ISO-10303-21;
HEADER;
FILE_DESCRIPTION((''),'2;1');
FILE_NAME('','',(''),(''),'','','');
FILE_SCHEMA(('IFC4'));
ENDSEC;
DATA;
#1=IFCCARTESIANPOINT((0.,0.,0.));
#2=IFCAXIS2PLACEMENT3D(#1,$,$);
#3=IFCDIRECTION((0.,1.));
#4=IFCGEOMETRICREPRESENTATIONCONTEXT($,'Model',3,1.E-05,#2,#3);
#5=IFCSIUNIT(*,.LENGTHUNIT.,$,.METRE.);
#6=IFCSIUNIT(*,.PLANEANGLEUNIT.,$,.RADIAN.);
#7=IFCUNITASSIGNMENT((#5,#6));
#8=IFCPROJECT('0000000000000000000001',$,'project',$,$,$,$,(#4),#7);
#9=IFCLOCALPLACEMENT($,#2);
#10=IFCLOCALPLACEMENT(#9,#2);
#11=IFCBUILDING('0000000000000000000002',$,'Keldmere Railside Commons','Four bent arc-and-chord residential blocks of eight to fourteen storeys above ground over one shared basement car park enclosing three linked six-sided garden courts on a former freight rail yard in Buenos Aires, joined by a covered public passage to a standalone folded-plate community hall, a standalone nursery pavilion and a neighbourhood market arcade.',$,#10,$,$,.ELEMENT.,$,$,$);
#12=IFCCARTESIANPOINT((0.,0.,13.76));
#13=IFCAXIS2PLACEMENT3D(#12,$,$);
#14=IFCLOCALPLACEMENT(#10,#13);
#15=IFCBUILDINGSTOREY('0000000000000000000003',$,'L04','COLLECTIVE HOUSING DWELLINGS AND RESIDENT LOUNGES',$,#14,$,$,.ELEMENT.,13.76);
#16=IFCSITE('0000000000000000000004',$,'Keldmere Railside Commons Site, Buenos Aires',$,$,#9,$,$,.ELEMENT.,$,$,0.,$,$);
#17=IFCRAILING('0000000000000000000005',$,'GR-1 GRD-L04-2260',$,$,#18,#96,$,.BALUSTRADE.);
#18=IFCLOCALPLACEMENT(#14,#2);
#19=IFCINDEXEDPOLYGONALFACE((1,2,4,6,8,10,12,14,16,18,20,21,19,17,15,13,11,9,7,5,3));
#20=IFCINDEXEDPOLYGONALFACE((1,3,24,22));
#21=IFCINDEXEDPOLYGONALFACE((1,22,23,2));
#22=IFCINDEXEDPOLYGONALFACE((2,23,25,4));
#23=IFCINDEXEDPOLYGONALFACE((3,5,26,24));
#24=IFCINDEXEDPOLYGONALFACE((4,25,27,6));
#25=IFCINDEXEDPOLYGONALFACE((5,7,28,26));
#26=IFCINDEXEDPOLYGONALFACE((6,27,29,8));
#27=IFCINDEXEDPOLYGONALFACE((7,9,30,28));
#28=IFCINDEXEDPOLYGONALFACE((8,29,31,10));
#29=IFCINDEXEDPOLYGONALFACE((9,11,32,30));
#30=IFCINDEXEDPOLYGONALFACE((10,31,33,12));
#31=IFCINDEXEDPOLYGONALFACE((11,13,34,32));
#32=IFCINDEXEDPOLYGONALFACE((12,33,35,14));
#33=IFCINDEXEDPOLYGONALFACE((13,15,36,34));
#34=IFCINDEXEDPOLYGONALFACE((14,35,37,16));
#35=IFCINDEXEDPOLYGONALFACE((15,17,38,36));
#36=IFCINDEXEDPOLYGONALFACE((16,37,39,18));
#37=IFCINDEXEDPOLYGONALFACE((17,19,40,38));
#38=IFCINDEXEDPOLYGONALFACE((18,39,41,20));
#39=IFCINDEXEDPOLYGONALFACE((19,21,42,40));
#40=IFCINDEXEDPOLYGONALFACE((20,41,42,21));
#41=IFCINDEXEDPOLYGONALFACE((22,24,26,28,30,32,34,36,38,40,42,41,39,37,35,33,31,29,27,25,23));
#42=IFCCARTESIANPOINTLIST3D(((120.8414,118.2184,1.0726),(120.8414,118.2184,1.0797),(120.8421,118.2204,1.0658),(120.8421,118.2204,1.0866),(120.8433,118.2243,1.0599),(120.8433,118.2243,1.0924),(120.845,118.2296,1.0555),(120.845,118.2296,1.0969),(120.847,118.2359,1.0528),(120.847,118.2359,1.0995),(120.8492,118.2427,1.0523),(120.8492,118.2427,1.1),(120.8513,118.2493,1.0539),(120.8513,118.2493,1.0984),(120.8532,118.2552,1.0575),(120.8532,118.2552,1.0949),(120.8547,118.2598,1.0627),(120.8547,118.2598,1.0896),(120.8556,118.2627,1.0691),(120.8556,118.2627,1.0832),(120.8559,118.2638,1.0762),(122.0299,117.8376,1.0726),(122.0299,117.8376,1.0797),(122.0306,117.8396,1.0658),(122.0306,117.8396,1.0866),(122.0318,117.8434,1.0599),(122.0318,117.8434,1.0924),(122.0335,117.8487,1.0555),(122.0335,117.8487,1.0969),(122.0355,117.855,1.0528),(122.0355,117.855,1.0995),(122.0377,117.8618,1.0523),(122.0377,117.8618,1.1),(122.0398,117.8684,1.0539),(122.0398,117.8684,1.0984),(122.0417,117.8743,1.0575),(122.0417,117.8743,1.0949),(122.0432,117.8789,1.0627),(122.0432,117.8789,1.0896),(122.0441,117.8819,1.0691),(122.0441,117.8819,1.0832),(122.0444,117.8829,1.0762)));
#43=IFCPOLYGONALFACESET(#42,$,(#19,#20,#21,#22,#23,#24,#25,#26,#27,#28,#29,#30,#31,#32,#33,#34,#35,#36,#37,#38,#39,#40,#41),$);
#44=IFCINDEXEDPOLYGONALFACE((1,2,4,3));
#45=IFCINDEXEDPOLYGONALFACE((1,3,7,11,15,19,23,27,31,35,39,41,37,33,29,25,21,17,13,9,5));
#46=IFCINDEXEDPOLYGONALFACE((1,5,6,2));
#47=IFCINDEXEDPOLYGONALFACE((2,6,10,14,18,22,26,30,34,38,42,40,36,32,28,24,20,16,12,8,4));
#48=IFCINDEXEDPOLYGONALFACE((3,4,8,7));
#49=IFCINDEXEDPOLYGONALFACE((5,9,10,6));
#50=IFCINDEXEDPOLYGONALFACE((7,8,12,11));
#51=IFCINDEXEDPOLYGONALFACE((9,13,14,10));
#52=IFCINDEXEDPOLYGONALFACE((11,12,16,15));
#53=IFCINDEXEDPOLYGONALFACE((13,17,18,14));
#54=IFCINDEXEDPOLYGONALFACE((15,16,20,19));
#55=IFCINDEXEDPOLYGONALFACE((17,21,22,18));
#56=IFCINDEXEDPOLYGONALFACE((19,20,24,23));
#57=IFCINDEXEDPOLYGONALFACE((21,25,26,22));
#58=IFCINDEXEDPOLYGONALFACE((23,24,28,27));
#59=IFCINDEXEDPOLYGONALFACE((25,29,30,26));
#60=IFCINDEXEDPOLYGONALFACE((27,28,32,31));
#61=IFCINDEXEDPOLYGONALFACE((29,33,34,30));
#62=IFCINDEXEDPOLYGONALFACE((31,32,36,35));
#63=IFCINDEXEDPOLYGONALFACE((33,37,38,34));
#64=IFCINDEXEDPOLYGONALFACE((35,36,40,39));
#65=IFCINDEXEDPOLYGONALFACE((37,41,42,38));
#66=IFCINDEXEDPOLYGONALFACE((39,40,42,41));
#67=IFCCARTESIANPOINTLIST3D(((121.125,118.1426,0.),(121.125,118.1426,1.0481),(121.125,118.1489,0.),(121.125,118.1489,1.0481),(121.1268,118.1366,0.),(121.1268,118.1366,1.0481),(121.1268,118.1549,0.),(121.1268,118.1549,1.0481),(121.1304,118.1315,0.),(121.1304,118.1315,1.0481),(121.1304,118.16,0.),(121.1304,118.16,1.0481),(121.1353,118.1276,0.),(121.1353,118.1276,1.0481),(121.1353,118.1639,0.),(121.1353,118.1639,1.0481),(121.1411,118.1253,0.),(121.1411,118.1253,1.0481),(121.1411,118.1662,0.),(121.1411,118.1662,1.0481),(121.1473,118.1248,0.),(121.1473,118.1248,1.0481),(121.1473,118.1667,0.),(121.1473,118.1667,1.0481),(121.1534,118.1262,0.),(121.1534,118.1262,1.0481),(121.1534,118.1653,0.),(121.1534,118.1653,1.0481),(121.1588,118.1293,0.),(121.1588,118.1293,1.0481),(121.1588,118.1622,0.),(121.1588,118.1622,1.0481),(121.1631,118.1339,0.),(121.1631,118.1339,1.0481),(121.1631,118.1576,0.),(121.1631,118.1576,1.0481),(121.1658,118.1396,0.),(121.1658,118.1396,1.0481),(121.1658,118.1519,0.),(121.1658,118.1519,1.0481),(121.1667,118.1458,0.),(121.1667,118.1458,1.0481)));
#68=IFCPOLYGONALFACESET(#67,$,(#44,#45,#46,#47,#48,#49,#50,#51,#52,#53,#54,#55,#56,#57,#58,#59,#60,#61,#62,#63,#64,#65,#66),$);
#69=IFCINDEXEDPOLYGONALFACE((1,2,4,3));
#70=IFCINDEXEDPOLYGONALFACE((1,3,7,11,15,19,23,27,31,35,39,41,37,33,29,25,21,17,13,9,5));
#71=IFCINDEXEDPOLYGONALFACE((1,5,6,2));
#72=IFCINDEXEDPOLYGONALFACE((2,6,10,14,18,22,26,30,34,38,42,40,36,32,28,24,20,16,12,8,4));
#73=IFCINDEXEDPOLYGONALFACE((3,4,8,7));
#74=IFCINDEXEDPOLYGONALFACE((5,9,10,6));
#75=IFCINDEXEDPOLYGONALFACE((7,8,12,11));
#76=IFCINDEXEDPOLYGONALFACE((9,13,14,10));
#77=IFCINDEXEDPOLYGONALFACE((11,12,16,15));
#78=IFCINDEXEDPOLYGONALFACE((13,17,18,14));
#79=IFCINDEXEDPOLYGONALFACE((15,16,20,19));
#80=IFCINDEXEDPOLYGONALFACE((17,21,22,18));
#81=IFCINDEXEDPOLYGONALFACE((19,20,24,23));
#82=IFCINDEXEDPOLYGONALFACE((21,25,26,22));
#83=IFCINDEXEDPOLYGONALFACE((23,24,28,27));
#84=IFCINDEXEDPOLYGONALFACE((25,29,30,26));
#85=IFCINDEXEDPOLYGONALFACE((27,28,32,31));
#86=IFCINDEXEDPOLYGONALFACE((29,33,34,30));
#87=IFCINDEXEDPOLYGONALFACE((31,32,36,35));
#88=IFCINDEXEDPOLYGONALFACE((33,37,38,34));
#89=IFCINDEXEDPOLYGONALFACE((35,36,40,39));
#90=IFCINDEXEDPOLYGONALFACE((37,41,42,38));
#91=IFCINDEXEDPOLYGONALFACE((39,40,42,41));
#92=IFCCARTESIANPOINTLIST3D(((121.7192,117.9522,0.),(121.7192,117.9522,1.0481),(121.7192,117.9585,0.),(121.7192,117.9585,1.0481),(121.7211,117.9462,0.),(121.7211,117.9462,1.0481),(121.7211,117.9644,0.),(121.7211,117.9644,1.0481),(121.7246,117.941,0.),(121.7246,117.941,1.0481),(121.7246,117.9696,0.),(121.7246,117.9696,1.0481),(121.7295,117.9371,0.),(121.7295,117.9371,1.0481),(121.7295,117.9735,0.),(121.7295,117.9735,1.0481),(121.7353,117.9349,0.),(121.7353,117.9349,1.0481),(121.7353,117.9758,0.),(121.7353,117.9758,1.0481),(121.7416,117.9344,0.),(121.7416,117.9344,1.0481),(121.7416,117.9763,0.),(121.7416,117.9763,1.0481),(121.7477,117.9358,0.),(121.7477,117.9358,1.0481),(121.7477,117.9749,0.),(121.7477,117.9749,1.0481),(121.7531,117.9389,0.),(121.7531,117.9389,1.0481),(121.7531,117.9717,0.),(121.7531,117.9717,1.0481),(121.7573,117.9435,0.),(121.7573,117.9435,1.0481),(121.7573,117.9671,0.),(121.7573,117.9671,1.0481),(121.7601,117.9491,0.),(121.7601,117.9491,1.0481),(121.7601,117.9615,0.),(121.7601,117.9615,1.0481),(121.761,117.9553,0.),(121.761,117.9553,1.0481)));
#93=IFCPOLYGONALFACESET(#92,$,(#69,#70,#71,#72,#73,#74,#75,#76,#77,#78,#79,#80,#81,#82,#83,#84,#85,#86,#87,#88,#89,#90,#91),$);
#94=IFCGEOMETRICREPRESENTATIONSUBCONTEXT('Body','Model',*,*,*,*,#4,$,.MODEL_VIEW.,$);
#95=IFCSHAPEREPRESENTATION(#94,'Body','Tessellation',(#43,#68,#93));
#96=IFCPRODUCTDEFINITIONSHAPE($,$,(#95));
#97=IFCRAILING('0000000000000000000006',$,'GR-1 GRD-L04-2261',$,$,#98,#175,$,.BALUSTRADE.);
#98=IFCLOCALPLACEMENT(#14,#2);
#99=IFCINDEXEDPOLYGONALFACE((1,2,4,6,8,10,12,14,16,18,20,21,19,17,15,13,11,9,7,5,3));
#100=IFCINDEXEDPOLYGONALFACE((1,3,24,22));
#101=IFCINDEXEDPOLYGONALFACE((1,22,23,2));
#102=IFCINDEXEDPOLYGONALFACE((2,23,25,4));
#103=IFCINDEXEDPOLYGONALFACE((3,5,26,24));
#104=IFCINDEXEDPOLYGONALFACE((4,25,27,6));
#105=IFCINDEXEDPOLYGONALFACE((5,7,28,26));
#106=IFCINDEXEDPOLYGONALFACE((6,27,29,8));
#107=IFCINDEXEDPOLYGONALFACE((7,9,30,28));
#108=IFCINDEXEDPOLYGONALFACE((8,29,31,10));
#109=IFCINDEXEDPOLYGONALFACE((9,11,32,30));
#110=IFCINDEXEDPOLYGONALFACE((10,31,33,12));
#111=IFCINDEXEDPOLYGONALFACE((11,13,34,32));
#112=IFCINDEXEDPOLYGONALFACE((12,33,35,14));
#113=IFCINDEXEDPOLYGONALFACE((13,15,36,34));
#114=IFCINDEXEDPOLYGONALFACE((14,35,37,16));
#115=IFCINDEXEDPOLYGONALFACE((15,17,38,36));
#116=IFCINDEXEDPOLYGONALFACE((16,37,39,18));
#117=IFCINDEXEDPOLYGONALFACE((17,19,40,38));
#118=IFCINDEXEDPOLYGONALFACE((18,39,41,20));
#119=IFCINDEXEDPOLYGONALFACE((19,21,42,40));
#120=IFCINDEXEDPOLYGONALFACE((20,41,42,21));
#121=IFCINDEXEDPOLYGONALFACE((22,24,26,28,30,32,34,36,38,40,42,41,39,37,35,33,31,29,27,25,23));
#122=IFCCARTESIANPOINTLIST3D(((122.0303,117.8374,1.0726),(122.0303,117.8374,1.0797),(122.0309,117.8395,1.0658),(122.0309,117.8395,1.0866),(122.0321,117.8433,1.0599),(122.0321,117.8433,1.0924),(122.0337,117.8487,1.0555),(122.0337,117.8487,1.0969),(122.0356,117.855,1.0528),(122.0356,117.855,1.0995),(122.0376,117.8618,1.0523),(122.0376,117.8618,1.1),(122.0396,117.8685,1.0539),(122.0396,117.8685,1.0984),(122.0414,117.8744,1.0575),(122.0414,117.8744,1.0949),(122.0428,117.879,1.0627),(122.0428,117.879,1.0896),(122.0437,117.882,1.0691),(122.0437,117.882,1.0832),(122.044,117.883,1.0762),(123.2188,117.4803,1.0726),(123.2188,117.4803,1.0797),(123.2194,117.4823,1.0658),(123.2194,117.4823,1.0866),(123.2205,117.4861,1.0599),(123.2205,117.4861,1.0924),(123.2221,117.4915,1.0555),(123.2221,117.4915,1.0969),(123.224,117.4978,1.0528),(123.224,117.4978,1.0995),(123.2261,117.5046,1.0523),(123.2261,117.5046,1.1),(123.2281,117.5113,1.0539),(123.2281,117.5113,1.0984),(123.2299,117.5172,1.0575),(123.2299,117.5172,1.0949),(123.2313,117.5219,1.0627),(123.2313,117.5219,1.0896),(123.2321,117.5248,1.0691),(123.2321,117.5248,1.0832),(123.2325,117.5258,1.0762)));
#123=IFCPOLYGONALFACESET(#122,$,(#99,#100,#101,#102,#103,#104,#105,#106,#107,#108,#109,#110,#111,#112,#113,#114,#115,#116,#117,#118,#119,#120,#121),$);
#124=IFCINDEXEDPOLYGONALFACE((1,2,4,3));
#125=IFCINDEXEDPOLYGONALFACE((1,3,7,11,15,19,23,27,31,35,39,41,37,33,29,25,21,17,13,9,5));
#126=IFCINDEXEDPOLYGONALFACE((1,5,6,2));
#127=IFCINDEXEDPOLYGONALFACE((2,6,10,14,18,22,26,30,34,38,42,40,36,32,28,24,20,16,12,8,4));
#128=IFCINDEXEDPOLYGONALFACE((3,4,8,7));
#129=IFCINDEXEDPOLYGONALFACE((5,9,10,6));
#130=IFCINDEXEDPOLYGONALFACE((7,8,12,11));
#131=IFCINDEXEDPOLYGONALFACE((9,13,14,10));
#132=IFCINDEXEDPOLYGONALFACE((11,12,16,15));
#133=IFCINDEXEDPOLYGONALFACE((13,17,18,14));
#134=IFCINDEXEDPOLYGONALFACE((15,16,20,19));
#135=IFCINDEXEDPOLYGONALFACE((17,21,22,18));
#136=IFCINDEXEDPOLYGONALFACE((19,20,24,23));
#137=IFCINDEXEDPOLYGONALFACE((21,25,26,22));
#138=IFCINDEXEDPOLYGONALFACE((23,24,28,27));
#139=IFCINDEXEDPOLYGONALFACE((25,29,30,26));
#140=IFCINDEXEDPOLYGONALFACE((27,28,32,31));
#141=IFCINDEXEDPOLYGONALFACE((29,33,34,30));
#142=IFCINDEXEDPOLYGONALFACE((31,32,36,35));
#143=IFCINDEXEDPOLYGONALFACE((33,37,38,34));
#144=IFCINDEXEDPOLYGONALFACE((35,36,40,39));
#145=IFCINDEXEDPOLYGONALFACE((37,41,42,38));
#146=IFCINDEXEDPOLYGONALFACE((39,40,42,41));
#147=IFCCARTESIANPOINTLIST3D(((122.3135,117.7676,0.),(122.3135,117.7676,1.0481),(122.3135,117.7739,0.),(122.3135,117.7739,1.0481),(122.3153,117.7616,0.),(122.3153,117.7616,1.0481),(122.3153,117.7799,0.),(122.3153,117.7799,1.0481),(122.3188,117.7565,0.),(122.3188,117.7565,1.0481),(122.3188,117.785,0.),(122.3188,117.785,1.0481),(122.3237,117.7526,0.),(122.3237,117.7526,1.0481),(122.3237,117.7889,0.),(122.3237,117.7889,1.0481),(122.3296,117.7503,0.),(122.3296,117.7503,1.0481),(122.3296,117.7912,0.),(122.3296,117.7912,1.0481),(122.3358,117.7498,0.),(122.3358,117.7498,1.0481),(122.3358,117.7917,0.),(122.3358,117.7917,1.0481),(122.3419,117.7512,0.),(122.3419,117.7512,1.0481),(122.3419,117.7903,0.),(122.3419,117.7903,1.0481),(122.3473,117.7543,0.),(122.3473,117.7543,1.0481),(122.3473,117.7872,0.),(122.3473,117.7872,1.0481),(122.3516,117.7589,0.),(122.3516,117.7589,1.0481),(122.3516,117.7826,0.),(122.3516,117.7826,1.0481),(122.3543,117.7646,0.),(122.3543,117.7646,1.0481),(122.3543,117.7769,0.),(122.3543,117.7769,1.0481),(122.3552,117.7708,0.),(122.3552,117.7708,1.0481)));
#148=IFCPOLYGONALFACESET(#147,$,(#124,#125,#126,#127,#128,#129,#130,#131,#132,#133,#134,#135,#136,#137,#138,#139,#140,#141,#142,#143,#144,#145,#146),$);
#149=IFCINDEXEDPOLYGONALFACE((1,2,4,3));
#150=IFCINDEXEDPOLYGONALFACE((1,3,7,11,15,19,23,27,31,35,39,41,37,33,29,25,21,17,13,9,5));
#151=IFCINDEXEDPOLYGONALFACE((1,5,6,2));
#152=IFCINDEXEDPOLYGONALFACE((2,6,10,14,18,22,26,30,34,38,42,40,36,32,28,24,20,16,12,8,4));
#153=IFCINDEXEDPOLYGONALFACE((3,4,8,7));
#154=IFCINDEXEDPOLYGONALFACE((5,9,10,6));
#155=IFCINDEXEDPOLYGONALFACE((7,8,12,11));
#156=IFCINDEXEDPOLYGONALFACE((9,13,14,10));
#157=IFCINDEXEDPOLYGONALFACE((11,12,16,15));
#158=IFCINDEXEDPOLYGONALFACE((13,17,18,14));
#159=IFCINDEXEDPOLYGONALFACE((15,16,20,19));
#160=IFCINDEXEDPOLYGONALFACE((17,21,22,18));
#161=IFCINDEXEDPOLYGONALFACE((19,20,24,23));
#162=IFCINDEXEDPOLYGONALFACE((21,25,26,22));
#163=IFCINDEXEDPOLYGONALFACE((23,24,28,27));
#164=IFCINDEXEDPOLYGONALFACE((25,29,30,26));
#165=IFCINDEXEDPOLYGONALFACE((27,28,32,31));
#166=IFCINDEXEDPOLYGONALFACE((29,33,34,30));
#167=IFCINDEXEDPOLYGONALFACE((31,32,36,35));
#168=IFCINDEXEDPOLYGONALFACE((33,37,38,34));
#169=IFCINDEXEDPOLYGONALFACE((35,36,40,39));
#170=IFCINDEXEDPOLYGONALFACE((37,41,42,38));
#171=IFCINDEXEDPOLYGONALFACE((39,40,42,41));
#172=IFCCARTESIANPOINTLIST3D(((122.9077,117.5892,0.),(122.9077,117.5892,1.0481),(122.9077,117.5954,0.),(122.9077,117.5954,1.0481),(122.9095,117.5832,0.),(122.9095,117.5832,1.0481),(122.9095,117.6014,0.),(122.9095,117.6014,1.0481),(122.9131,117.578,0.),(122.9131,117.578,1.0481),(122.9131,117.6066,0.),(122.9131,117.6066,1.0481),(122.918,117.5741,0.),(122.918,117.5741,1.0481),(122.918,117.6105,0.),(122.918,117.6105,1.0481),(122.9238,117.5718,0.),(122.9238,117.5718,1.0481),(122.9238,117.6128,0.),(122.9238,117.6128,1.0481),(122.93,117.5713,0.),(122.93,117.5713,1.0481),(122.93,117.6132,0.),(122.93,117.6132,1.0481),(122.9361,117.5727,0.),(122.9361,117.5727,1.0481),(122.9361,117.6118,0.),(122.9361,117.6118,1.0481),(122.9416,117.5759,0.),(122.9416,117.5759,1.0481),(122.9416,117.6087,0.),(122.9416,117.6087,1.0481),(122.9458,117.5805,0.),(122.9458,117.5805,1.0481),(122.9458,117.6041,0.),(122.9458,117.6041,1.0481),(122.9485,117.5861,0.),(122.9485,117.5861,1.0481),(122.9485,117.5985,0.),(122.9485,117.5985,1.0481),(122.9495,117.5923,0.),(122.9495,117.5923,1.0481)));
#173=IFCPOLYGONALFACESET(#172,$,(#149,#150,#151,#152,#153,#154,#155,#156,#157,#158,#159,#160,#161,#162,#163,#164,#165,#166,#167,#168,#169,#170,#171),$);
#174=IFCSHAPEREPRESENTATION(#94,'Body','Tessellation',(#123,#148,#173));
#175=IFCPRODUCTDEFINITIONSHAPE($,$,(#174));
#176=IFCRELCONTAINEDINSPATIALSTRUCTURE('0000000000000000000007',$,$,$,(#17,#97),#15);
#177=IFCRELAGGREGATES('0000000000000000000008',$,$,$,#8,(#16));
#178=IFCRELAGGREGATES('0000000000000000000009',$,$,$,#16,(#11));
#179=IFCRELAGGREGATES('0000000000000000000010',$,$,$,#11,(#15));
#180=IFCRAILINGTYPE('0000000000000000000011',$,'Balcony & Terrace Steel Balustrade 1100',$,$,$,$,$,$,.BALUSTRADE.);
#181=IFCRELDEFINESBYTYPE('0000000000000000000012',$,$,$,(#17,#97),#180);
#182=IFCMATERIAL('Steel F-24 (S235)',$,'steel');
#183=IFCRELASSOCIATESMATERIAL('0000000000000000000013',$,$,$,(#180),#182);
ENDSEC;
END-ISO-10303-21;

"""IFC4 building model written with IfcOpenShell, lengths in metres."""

from ifc_helpers import new_model, si_unit, direction, frame, origin, origin_2d, place, context, subcontext, project, spatial, circle, extrude, material, type_object, element, save


model = new_model("IFC4")

# Units and contexts
model_context = context("Model", 3, precision=1e-05, world=origin(), true_north=direction((0.0, 1.0)))
body_context = subcontext(model_context, "Body", "Model", "MODEL_VIEW")
ifc_project = project(units=[si_unit("LENGTHUNIT", "METRE"), si_unit("PLANEANGLEUNIT", "RADIAN")], contexts=[model_context])

# Site, building, storey
site_placement = place(None, origin())
site = spatial("IfcSite", under=ifc_project, at=site_placement, Name="Keldmere Railside Commons Site, Buenos Aires", CompositionType="ELEMENT", RefElevation=0.0)
building_placement = place(site_placement, origin())
building = spatial("IfcBuilding", under=site, at=building_placement, Name="Keldmere Railside Commons", Description="Four bent arc-and-chord residential blocks of eight to fourteen storeys above ground over one shared basement car park enclosing three linked six-sided garden courts on a former freight rail yard in Buenos Aires, joined by a covered public passage to a standalone folded-plate community hall, a standalone nursery pavilion and a neighbourhood market arcade.", CompositionType="ELEMENT")
storey_placement = place(building_placement, frame((0.0, 0.0, 13.76)))
storey = spatial("IfcBuildingStorey", under=building, at=storey_placement, Name="L04", Description="COLLECTIVE HOUSING DWELLINGS AND RESIDENT LOUNGES", CompositionType="ELEMENT", Elevation=13.76)

# Railings
ifc_material_1 = material(Name="Steel F-24 (S235)", Category="steel")
railing_type = type_object("IfcRailingType", Name="Balcony & Terrace Steel Balustrade 1100", PredefinedType="BALUSTRADE", material=ifc_material_1)
railing_1_placement = place(storey_placement, frame((120.8486, 118.241, 0.0)))
element("IfcRailing", 1, at=railing_1_placement, inside=storey, type_object=railing_type, Name="GR-1 GRD-L04-2260", PredefinedType="BALUSTRADE", context=body_context, shape_type="SweptSolid", body=[
    extrude(circle(Radius=0.0239, at=origin_2d()), frame((0.0, 0.0, 1.0762), z_axis=(0.952297, -0.305173, 0.0), x_axis=(0.305173, 0.952297, 0.0)), (0.0, 0.0, 1.0), 1.248),
    extrude(circle(Radius=0.021, at=origin_2d()), frame((0.2971, -0.0952, 0.0)), (0.0, 0.0, 1.0), 1.0481),
    extrude(circle(Radius=0.021, at=origin_2d()), frame((0.8914, -0.2856, 0.0)), (0.0, 0.0, 1.0), 1.0481),
])
railing_2_placement = place(storey_placement, frame((122.0371, 117.8601, 0.0)))
element("IfcRailing", 2, at=railing_2_placement, inside=storey, type_object=railing_type, Name="GR-1 GRD-L04-2261", PredefinedType="BALUSTRADE", context=body_context, shape_type="SweptSolid", body=[
    extrude(circle(Radius=0.0239, at=origin_2d()), frame((0.0, 0.0, 1.0762), z_axis=(0.957685, -0.287817, 0.0), x_axis=(0.287817, 0.957685, 0.0)), (0.0, 0.0, 1.0), 1.241),
    extrude(circle(Radius=0.021, at=origin_2d()), frame((0.2971, -0.0894, 0.0)), (0.0, 0.0, 1.0), 1.0481),
    extrude(circle(Radius=0.021, at=origin_2d()), frame((0.8914, -0.2678, 0.0)), (0.0, 0.0, 1.0), 1.0481),
])

save(model, "model.ifc")
